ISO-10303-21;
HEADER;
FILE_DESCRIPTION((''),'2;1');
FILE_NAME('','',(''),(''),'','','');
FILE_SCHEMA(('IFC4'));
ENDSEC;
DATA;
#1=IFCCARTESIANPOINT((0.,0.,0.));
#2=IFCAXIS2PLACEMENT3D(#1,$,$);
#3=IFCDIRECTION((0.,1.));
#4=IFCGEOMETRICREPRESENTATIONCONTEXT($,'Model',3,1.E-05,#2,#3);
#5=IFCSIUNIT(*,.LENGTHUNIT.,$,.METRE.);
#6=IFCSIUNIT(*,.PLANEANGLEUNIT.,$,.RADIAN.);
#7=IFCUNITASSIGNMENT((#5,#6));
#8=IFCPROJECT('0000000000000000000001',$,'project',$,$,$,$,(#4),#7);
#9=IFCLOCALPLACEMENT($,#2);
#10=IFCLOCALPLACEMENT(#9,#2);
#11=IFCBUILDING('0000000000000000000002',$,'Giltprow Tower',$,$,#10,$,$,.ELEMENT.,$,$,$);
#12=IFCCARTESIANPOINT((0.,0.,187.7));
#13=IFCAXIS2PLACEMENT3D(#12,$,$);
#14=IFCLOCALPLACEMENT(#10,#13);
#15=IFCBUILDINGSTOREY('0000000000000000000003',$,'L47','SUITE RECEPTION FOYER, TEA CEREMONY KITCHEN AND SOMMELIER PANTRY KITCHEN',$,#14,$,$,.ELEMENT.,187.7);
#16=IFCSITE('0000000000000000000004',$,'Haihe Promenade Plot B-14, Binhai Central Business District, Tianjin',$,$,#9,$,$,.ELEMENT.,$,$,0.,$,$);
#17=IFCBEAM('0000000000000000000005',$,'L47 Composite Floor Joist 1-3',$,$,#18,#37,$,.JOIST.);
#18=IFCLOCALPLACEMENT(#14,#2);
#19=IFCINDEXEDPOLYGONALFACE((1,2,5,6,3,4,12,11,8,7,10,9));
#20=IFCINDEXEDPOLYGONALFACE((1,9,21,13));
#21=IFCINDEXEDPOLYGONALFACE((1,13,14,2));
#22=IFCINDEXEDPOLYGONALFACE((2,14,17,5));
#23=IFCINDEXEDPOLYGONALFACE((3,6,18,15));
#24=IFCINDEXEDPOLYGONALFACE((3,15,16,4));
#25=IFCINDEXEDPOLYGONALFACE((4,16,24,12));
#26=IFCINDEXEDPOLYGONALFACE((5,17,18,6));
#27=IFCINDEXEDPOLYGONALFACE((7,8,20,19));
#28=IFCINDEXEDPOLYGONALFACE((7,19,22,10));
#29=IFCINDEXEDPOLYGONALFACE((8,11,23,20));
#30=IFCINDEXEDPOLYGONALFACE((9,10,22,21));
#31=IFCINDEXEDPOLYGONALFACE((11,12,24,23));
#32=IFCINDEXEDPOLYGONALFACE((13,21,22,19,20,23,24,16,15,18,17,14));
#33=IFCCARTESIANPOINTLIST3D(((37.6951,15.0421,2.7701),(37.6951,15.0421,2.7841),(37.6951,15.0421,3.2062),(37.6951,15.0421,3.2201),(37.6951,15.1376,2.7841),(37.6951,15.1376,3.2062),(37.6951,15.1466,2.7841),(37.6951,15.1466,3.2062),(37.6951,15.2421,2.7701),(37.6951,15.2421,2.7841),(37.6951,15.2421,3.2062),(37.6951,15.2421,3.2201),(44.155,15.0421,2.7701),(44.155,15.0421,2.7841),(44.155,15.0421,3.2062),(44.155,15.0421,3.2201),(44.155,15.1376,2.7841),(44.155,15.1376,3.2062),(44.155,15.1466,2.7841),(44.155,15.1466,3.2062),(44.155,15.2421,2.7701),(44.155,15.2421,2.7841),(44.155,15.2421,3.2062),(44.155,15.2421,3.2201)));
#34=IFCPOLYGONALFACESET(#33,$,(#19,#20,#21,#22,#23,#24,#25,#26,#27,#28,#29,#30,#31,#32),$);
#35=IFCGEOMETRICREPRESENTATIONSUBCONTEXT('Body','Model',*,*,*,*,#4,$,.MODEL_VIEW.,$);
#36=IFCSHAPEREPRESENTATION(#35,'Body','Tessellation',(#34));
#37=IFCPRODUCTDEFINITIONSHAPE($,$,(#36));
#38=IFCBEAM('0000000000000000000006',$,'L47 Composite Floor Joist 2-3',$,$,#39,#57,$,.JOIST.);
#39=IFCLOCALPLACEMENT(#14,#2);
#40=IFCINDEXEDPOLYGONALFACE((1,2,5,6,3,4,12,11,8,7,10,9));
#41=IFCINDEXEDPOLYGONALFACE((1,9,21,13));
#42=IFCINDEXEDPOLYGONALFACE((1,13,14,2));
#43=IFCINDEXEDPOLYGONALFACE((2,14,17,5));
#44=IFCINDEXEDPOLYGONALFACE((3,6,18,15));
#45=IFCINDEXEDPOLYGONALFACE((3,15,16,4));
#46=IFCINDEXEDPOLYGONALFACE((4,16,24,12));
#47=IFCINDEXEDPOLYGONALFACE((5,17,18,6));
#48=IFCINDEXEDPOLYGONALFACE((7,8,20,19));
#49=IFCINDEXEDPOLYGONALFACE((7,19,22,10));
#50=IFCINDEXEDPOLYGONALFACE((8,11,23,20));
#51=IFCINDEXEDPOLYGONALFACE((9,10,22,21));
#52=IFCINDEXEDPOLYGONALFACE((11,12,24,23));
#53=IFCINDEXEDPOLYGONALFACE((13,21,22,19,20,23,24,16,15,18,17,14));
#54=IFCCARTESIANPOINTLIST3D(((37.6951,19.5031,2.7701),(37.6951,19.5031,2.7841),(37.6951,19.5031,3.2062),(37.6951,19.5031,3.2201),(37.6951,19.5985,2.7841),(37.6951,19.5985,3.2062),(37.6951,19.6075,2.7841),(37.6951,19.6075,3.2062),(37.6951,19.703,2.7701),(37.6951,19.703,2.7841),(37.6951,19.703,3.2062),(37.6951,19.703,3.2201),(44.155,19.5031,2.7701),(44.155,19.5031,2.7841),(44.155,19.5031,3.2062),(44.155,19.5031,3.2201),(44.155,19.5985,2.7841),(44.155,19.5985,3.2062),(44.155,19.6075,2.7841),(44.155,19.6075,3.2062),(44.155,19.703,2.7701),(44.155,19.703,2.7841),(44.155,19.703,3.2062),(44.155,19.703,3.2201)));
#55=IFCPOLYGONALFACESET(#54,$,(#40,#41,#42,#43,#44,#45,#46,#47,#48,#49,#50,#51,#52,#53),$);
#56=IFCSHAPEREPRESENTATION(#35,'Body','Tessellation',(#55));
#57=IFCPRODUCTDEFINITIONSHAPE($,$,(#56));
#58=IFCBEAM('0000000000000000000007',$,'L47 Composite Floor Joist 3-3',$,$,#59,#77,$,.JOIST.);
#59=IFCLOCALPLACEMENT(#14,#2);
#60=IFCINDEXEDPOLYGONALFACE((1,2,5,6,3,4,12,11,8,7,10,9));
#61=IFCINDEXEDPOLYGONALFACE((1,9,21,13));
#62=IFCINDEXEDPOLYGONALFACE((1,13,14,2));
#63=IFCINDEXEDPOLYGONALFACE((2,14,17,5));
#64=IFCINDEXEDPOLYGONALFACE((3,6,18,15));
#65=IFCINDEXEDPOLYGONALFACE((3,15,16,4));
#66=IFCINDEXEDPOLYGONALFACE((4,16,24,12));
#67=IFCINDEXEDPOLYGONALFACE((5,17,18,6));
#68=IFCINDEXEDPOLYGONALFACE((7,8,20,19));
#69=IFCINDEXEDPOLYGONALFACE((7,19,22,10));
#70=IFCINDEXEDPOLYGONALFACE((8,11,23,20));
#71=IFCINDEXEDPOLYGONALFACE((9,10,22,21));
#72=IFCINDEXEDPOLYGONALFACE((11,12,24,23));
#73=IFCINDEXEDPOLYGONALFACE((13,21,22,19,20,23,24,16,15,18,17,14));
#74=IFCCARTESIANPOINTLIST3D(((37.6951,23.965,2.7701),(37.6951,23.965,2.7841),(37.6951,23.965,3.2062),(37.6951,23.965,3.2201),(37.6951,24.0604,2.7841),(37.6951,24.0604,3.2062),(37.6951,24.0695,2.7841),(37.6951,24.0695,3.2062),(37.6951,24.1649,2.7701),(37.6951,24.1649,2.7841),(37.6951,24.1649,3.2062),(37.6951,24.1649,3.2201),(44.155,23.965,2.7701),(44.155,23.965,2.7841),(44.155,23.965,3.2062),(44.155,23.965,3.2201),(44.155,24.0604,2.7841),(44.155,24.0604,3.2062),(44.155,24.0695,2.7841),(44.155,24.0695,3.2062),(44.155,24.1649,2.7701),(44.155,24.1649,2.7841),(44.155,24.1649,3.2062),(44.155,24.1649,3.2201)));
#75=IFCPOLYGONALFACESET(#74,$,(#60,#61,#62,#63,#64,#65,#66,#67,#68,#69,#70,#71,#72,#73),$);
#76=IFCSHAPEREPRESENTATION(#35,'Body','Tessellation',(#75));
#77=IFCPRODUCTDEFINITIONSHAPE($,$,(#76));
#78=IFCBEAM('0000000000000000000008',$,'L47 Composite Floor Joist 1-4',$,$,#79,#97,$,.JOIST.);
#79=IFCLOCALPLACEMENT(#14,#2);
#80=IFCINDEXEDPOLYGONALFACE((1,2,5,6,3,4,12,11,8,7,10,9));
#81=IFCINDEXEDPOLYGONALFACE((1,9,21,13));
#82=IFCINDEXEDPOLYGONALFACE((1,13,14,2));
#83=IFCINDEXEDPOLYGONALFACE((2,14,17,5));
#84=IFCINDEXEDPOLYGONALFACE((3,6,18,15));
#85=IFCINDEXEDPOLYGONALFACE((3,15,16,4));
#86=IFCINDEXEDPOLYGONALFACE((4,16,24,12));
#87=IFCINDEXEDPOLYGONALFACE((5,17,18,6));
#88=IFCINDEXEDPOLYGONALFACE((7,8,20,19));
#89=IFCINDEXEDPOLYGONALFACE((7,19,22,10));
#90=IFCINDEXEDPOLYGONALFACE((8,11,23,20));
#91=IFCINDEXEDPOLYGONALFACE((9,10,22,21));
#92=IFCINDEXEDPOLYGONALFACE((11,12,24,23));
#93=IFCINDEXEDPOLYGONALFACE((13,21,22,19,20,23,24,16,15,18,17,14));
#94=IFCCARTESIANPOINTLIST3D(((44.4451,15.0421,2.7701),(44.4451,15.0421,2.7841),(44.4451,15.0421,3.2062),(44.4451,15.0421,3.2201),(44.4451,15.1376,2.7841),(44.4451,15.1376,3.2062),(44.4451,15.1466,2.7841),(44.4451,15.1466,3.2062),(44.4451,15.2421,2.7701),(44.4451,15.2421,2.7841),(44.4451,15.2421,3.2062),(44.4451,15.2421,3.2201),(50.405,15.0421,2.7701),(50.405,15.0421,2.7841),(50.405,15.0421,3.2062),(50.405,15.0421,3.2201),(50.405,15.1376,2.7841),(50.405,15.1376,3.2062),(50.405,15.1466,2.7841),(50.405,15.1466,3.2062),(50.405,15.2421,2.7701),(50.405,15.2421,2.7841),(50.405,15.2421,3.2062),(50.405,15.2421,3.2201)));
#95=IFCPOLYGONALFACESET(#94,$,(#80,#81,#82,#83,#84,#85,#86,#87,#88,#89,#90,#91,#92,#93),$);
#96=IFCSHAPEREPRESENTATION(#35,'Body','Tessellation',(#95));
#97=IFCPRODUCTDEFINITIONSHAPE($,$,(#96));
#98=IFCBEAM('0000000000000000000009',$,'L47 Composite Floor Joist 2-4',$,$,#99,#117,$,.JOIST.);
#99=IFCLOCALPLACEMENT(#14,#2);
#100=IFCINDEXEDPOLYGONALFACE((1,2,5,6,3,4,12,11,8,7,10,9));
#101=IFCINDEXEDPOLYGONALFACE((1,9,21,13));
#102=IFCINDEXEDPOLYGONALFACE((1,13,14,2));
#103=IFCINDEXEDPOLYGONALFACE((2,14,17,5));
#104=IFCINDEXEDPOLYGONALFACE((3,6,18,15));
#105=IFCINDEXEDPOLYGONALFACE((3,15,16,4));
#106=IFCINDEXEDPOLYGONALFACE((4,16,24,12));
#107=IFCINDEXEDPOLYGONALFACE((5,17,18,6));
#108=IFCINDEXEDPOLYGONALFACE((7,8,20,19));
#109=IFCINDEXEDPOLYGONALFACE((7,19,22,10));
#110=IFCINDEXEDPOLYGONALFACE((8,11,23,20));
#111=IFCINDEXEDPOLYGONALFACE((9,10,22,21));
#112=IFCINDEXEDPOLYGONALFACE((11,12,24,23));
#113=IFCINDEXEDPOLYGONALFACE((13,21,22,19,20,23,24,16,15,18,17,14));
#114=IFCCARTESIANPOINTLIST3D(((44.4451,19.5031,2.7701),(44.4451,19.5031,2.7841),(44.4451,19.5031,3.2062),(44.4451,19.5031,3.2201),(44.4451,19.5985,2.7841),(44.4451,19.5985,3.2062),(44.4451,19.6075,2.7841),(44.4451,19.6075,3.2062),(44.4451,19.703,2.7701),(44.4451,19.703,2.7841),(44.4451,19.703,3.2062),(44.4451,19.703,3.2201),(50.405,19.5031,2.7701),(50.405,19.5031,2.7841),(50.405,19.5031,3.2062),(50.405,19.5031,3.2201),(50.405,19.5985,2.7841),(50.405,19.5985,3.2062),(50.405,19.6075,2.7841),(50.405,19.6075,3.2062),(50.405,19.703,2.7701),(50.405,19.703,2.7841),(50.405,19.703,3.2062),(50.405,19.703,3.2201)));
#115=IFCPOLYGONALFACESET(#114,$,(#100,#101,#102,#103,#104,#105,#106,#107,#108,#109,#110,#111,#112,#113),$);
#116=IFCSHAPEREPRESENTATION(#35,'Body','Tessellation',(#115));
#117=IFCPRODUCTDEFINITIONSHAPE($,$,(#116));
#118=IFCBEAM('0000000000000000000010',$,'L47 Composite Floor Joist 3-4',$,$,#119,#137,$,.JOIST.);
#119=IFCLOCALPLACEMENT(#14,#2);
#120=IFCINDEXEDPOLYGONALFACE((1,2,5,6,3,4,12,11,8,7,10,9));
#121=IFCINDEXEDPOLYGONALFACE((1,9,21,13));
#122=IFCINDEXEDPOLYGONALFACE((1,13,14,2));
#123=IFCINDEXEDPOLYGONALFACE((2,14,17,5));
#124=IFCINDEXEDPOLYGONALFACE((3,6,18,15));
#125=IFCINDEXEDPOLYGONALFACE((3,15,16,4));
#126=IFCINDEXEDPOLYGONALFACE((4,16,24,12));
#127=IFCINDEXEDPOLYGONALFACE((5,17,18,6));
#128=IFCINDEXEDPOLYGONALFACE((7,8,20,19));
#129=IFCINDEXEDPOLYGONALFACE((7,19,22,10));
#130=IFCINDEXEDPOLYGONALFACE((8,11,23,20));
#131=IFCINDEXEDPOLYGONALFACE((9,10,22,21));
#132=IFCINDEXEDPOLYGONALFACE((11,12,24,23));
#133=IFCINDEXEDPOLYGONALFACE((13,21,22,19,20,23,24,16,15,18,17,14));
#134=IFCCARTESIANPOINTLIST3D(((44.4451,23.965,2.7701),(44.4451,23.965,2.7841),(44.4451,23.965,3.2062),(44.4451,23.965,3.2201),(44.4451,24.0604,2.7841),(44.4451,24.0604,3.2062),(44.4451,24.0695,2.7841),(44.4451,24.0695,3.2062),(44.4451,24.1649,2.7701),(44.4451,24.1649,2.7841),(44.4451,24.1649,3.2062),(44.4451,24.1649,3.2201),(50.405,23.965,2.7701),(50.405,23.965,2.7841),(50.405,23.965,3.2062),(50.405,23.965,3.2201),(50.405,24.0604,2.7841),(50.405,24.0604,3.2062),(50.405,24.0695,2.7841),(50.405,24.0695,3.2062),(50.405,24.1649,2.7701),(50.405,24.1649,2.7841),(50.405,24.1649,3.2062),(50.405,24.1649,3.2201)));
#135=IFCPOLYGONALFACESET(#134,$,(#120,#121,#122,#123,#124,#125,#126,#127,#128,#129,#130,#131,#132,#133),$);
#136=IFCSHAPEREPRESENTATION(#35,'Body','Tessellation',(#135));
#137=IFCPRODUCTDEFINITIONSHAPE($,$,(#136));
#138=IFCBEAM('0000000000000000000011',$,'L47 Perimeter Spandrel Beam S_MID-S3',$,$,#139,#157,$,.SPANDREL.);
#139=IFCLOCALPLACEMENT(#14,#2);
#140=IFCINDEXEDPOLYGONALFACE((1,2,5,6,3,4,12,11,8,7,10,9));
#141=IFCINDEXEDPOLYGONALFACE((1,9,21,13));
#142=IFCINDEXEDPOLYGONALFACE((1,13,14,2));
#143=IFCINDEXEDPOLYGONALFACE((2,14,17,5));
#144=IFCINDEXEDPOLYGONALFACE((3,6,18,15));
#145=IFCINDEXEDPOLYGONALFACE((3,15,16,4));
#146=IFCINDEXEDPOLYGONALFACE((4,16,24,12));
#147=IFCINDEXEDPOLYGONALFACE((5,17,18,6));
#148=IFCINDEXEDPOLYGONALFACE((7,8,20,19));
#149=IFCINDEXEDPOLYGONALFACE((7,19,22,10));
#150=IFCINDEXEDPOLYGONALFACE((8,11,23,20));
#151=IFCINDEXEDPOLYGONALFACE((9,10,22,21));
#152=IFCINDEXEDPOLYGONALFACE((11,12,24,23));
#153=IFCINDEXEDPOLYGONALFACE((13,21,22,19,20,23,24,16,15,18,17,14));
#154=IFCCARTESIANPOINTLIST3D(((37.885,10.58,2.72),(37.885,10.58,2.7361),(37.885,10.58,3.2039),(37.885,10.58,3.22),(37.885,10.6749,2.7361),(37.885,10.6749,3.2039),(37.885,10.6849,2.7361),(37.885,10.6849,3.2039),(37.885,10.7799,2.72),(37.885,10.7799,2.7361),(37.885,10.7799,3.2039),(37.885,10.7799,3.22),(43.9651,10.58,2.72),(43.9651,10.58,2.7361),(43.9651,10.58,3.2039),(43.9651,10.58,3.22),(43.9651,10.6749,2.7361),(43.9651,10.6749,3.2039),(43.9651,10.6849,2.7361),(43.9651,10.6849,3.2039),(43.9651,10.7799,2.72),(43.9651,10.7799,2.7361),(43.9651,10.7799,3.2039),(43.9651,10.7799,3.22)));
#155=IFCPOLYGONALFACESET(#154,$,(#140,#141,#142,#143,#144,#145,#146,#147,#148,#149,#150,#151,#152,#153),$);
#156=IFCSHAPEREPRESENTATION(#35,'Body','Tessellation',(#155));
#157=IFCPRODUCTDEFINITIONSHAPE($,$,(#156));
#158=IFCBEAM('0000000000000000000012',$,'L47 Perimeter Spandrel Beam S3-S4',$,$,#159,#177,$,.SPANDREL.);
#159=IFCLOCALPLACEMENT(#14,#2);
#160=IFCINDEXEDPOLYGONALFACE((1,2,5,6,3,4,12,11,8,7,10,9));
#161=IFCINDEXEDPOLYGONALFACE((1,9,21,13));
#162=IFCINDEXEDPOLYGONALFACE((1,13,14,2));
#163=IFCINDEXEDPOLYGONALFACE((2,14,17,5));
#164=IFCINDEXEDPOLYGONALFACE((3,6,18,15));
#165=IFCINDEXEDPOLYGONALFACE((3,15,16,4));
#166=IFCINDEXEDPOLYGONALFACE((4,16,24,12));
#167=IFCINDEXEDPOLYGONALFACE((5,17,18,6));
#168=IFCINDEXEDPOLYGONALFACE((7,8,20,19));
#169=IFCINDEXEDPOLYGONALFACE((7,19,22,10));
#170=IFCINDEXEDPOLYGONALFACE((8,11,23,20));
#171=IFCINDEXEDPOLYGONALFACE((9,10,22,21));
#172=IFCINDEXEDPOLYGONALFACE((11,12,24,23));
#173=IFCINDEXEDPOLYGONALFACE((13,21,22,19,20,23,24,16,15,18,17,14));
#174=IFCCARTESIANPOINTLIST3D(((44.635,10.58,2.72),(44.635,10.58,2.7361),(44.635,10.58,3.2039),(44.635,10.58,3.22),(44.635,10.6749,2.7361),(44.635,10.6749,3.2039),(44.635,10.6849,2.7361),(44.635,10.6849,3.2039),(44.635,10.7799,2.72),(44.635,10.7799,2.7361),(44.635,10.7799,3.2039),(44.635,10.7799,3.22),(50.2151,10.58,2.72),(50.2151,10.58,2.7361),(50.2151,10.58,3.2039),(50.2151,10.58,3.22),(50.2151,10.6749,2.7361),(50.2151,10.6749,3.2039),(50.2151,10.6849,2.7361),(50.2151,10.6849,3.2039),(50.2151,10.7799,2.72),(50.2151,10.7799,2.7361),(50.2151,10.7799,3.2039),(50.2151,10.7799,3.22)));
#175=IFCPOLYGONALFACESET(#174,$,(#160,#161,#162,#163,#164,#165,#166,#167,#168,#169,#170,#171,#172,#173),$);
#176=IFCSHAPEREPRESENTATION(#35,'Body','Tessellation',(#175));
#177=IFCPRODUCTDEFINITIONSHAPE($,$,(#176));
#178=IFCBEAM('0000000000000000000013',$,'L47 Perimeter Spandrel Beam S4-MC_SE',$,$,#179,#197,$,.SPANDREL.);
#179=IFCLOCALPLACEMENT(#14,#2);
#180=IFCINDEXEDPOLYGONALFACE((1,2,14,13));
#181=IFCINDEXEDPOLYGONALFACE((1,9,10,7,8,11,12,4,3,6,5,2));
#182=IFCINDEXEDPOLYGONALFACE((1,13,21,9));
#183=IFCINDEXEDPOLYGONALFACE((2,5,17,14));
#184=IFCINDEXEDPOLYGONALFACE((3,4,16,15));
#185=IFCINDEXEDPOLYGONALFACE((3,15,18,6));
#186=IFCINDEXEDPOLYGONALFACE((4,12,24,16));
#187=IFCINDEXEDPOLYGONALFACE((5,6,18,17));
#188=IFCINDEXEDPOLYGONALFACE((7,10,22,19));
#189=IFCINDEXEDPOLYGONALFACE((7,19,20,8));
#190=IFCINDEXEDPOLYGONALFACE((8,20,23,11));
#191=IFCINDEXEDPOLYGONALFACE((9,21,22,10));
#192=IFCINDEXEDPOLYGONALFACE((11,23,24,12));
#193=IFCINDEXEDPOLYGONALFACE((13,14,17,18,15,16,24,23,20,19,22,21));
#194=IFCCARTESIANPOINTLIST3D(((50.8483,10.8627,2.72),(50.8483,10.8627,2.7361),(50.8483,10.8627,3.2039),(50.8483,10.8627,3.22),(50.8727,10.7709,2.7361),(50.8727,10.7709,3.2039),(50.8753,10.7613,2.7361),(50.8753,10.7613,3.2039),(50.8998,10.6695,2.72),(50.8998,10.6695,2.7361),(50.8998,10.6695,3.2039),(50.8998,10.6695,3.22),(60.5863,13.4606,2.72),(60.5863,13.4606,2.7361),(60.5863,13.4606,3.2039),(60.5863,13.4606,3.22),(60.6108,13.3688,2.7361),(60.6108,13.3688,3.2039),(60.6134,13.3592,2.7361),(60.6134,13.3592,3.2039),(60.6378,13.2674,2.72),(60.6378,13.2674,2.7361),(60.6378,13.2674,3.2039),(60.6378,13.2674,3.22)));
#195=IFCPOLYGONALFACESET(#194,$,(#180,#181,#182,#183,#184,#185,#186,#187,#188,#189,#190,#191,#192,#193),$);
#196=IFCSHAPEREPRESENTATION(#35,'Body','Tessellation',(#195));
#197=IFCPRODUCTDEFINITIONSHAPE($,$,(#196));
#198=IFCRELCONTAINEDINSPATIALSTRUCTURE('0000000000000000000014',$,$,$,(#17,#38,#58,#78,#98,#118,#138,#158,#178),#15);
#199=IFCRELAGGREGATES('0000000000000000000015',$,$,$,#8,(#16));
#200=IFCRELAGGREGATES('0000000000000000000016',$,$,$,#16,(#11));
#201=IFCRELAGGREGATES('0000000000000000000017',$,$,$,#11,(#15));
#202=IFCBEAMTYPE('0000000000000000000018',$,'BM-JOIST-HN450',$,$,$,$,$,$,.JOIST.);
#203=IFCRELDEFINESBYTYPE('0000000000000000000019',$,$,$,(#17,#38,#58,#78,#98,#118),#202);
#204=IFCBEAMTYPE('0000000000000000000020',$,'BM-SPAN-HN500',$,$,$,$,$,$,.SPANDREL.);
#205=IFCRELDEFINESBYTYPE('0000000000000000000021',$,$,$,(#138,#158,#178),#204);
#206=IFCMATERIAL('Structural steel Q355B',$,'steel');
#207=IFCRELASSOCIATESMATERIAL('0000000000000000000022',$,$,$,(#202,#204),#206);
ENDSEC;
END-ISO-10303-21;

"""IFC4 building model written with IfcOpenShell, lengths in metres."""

from ifc_helpers import new_model, si_unit, direction, frame, origin, origin_2d, place, context, subcontext, project, spatial, i_section, extrude, source, transform, mapped, material, material_profile, profile_set, type_object, element, save


model = new_model("IFC4")

# Units and contexts
model_context = context("Model", 3, precision=1e-05, world=origin(), true_north=direction((0.0, 1.0)))
body_context = subcontext(model_context, "Body", "Model", "MODEL_VIEW")
ifc_project = project(units=[si_unit("LENGTHUNIT", "METRE"), si_unit("PLANEANGLEUNIT", "RADIAN")], contexts=[model_context])

# Site, building, storey
site_placement = place(None, origin())
site = spatial("IfcSite", under=ifc_project, at=site_placement, Name="Haihe Promenade Plot B-14, Binhai Central Business District, Tianjin", CompositionType="ELEMENT", RefElevation=0.0)
building_placement = place(site_placement, origin())
building = spatial("IfcBuilding", under=site, at=building_placement, Name="Giltprow Tower", CompositionType="ELEMENT")
storey_placement = place(building_placement, frame((0.0, 0.0, 187.7)))
storey = spatial("IfcBuildingStorey", under=building, at=storey_placement, Name="L47", Description="SUITE RECEPTION FOYER, TEA CEREMONY KITCHEN AND SOMMELIER PANTRY KITCHEN", CompositionType="ELEMENT", Elevation=187.7)

# Beams
ifc_material_1 = material(Name="Structural steel Q355B", Category="steel")
ifc_material_profile_1 = material_profile(ifc_material_1, i_section(OverallWidth=0.2, OverallDepth=0.45, WebThickness=0.009, FlangeThickness=0.0139, at=origin_2d()), Name="HN 450x200x9x14")
ifc_profile_set_1 = profile_set([ifc_material_profile_1], Name="Structural steel Q355B")
beam_type_1 = type_object("IfcBeamType", Name="BM-JOIST-HN450", PredefinedType="JOIST", material=ifc_profile_set_1)
shared_shape_1 = source(origin(), body_context, "Body", "SweptSolid", [
    extrude(i_section(OverallWidth=0.2, OverallDepth=0.45, WebThickness=0.009, FlangeThickness=0.0139, at=origin_2d()), origin(), (0.0, 0.0, 1.0), 6.46),
])
for number, where, z_axis, x_axis, name in (
    (1, (37.6951, 15.1421, 2.9951), (1.0, 0.0, 0.0), (0.0, 1.0, 0.0), "L47 Composite Floor Joist 1-3"),
    (2, (37.6951, 19.603, 2.9951), (1.0, 0.0, 0.0), (0.0, 1.0, 0.0), "L47 Composite Floor Joist 2-3"),
    (3, (37.6951, 24.0649, 2.9951), (1.0, 0.0, 0.0), (0.0, 1.0, 0.0), "L47 Composite Floor Joist 3-3"),
):
    element("IfcBeam", number, at=place(storey_placement, frame(where, z_axis=z_axis, x_axis=x_axis)), inside=storey, type_object=beam_type_1, Name=name, PredefinedType="JOIST", context=body_context, shape_type="MappedRepresentation", body=[
        mapped(shared_shape_1, transform((0.0, 0.0, 0.0), x_axis=(1.0, 0.0, 0.0), y_axis=(0.0, 1.0, 0.0), z_axis=(0.0, 0.0, 1.0), scale=1.0)),
    ])
shared_shape_2 = source(origin(), body_context, "Body", "SweptSolid", [
    extrude(i_section(OverallWidth=0.2, OverallDepth=0.45, WebThickness=0.009, FlangeThickness=0.0139, at=origin_2d()), origin(), (0.0, 0.0, 1.0), 5.96),
])
for number, where, z_axis, x_axis, name in (
    (4, (44.4451, 15.1421, 2.9951), (1.0, 0.0, 0.0), (0.0, 1.0, 0.0), "L47 Composite Floor Joist 1-4"),
    (5, (44.4451, 19.603, 2.9951), (1.0, 0.0, 0.0), (0.0, 1.0, 0.0), "L47 Composite Floor Joist 2-4"),
    (6, (44.4451, 24.0649, 2.9951), (1.0, 0.0, 0.0), (0.0, 1.0, 0.0), "L47 Composite Floor Joist 3-4"),
):
    element("IfcBeam", number, at=place(storey_placement, frame(where, z_axis=z_axis, x_axis=x_axis)), inside=storey, type_object=beam_type_1, Name=name, PredefinedType="JOIST", context=body_context, shape_type="MappedRepresentation", body=[
        mapped(shared_shape_2, transform((0.0, 0.0, 0.0), x_axis=(1.0, 0.0, 0.0), y_axis=(0.0, 1.0, 0.0), z_axis=(0.0, 0.0, 1.0), scale=1.0)),
    ])
ifc_material_profile_2 = material_profile(ifc_material_1, i_section(OverallWidth=0.2, OverallDepth=0.5, WebThickness=0.01, FlangeThickness=0.0161, at=origin_2d()), Name="HN 500x200x10x16")
ifc_profile_set_2 = profile_set([ifc_material_profile_2], Name="Structural steel Q355B")
beam_type_2 = type_object("IfcBeamType", Name="BM-SPAN-HN500", PredefinedType="SPANDREL", material=ifc_profile_set_2)
shared_shape_3 = source(origin(), body_context, "Body", "SweptSolid", [
    extrude(i_section(OverallWidth=0.2, OverallDepth=0.5, WebThickness=0.01, FlangeThickness=0.0161, at=origin_2d()), origin(), (0.0, 0.0, 1.0), 6.0801),
])
beam_1_placement = place(storey_placement, frame((37.885, 10.6799, 2.97), z_axis=(1.0, 0.0, 0.0), x_axis=(0.0, 1.0, 0.0)))
element("IfcBeam", 7, at=beam_1_placement, inside=storey, type_object=beam_type_2, Name="L47 Perimeter Spandrel Beam S_MID-S3", PredefinedType="SPANDREL", context=body_context, shape_type="MappedRepresentation", body=[
    mapped(shared_shape_3, transform((0.0, 0.0, 0.0), x_axis=(1.0, 0.0, 0.0), y_axis=(0.0, 1.0, 0.0), z_axis=(0.0, 0.0, 1.0), scale=1.0)),
])
shared_shape_4 = source(origin(), body_context, "Body", "SweptSolid", [
    extrude(i_section(OverallWidth=0.2, OverallDepth=0.5, WebThickness=0.01, FlangeThickness=0.0161, at=origin_2d()), origin(), (0.0, 0.0, 1.0), 5.5801),
])
beam_2_placement = place(storey_placement, frame((44.635, 10.6799, 2.97), z_axis=(1.0, 0.0, 0.0), x_axis=(0.0, 1.0, 0.0)))
element("IfcBeam", 8, at=beam_2_placement, inside=storey, type_object=beam_type_2, Name="L47 Perimeter Spandrel Beam S3-S4", PredefinedType="SPANDREL", context=body_context, shape_type="MappedRepresentation", body=[
    mapped(shared_shape_4, transform((0.0, 0.0, 0.0), x_axis=(1.0, 0.0, 0.0), y_axis=(0.0, 1.0, 0.0), z_axis=(0.0, 0.0, 1.0), scale=1.0)),
])
shared_shape_5 = source(origin(), body_context, "Body", "SweptSolid", [
    extrude(i_section(OverallWidth=0.2, OverallDepth=0.5, WebThickness=0.01, FlangeThickness=0.0161, at=origin_2d()), origin(), (0.0, 0.0, 1.0), 10.0786),
])
beam_3_placement = place(storey_placement, frame((50.874, 10.7661, 2.97), z_axis=(0.966208, 0.257764, 0.0), x_axis=(-0.257764, 0.966208, 0.0)))
element("IfcBeam", 9, at=beam_3_placement, inside=storey, type_object=beam_type_2, Name="L47 Perimeter Spandrel Beam S4-MC_SE", PredefinedType="SPANDREL", context=body_context, shape_type="MappedRepresentation", body=[
    mapped(shared_shape_5, transform((0.0, 0.0, 0.0), x_axis=(1.0, 0.0, 0.0), y_axis=(0.0, 1.0, 0.0), z_axis=(0.0, 0.0, 1.0), scale=1.0)),
])

save(model, "model.ifc")
